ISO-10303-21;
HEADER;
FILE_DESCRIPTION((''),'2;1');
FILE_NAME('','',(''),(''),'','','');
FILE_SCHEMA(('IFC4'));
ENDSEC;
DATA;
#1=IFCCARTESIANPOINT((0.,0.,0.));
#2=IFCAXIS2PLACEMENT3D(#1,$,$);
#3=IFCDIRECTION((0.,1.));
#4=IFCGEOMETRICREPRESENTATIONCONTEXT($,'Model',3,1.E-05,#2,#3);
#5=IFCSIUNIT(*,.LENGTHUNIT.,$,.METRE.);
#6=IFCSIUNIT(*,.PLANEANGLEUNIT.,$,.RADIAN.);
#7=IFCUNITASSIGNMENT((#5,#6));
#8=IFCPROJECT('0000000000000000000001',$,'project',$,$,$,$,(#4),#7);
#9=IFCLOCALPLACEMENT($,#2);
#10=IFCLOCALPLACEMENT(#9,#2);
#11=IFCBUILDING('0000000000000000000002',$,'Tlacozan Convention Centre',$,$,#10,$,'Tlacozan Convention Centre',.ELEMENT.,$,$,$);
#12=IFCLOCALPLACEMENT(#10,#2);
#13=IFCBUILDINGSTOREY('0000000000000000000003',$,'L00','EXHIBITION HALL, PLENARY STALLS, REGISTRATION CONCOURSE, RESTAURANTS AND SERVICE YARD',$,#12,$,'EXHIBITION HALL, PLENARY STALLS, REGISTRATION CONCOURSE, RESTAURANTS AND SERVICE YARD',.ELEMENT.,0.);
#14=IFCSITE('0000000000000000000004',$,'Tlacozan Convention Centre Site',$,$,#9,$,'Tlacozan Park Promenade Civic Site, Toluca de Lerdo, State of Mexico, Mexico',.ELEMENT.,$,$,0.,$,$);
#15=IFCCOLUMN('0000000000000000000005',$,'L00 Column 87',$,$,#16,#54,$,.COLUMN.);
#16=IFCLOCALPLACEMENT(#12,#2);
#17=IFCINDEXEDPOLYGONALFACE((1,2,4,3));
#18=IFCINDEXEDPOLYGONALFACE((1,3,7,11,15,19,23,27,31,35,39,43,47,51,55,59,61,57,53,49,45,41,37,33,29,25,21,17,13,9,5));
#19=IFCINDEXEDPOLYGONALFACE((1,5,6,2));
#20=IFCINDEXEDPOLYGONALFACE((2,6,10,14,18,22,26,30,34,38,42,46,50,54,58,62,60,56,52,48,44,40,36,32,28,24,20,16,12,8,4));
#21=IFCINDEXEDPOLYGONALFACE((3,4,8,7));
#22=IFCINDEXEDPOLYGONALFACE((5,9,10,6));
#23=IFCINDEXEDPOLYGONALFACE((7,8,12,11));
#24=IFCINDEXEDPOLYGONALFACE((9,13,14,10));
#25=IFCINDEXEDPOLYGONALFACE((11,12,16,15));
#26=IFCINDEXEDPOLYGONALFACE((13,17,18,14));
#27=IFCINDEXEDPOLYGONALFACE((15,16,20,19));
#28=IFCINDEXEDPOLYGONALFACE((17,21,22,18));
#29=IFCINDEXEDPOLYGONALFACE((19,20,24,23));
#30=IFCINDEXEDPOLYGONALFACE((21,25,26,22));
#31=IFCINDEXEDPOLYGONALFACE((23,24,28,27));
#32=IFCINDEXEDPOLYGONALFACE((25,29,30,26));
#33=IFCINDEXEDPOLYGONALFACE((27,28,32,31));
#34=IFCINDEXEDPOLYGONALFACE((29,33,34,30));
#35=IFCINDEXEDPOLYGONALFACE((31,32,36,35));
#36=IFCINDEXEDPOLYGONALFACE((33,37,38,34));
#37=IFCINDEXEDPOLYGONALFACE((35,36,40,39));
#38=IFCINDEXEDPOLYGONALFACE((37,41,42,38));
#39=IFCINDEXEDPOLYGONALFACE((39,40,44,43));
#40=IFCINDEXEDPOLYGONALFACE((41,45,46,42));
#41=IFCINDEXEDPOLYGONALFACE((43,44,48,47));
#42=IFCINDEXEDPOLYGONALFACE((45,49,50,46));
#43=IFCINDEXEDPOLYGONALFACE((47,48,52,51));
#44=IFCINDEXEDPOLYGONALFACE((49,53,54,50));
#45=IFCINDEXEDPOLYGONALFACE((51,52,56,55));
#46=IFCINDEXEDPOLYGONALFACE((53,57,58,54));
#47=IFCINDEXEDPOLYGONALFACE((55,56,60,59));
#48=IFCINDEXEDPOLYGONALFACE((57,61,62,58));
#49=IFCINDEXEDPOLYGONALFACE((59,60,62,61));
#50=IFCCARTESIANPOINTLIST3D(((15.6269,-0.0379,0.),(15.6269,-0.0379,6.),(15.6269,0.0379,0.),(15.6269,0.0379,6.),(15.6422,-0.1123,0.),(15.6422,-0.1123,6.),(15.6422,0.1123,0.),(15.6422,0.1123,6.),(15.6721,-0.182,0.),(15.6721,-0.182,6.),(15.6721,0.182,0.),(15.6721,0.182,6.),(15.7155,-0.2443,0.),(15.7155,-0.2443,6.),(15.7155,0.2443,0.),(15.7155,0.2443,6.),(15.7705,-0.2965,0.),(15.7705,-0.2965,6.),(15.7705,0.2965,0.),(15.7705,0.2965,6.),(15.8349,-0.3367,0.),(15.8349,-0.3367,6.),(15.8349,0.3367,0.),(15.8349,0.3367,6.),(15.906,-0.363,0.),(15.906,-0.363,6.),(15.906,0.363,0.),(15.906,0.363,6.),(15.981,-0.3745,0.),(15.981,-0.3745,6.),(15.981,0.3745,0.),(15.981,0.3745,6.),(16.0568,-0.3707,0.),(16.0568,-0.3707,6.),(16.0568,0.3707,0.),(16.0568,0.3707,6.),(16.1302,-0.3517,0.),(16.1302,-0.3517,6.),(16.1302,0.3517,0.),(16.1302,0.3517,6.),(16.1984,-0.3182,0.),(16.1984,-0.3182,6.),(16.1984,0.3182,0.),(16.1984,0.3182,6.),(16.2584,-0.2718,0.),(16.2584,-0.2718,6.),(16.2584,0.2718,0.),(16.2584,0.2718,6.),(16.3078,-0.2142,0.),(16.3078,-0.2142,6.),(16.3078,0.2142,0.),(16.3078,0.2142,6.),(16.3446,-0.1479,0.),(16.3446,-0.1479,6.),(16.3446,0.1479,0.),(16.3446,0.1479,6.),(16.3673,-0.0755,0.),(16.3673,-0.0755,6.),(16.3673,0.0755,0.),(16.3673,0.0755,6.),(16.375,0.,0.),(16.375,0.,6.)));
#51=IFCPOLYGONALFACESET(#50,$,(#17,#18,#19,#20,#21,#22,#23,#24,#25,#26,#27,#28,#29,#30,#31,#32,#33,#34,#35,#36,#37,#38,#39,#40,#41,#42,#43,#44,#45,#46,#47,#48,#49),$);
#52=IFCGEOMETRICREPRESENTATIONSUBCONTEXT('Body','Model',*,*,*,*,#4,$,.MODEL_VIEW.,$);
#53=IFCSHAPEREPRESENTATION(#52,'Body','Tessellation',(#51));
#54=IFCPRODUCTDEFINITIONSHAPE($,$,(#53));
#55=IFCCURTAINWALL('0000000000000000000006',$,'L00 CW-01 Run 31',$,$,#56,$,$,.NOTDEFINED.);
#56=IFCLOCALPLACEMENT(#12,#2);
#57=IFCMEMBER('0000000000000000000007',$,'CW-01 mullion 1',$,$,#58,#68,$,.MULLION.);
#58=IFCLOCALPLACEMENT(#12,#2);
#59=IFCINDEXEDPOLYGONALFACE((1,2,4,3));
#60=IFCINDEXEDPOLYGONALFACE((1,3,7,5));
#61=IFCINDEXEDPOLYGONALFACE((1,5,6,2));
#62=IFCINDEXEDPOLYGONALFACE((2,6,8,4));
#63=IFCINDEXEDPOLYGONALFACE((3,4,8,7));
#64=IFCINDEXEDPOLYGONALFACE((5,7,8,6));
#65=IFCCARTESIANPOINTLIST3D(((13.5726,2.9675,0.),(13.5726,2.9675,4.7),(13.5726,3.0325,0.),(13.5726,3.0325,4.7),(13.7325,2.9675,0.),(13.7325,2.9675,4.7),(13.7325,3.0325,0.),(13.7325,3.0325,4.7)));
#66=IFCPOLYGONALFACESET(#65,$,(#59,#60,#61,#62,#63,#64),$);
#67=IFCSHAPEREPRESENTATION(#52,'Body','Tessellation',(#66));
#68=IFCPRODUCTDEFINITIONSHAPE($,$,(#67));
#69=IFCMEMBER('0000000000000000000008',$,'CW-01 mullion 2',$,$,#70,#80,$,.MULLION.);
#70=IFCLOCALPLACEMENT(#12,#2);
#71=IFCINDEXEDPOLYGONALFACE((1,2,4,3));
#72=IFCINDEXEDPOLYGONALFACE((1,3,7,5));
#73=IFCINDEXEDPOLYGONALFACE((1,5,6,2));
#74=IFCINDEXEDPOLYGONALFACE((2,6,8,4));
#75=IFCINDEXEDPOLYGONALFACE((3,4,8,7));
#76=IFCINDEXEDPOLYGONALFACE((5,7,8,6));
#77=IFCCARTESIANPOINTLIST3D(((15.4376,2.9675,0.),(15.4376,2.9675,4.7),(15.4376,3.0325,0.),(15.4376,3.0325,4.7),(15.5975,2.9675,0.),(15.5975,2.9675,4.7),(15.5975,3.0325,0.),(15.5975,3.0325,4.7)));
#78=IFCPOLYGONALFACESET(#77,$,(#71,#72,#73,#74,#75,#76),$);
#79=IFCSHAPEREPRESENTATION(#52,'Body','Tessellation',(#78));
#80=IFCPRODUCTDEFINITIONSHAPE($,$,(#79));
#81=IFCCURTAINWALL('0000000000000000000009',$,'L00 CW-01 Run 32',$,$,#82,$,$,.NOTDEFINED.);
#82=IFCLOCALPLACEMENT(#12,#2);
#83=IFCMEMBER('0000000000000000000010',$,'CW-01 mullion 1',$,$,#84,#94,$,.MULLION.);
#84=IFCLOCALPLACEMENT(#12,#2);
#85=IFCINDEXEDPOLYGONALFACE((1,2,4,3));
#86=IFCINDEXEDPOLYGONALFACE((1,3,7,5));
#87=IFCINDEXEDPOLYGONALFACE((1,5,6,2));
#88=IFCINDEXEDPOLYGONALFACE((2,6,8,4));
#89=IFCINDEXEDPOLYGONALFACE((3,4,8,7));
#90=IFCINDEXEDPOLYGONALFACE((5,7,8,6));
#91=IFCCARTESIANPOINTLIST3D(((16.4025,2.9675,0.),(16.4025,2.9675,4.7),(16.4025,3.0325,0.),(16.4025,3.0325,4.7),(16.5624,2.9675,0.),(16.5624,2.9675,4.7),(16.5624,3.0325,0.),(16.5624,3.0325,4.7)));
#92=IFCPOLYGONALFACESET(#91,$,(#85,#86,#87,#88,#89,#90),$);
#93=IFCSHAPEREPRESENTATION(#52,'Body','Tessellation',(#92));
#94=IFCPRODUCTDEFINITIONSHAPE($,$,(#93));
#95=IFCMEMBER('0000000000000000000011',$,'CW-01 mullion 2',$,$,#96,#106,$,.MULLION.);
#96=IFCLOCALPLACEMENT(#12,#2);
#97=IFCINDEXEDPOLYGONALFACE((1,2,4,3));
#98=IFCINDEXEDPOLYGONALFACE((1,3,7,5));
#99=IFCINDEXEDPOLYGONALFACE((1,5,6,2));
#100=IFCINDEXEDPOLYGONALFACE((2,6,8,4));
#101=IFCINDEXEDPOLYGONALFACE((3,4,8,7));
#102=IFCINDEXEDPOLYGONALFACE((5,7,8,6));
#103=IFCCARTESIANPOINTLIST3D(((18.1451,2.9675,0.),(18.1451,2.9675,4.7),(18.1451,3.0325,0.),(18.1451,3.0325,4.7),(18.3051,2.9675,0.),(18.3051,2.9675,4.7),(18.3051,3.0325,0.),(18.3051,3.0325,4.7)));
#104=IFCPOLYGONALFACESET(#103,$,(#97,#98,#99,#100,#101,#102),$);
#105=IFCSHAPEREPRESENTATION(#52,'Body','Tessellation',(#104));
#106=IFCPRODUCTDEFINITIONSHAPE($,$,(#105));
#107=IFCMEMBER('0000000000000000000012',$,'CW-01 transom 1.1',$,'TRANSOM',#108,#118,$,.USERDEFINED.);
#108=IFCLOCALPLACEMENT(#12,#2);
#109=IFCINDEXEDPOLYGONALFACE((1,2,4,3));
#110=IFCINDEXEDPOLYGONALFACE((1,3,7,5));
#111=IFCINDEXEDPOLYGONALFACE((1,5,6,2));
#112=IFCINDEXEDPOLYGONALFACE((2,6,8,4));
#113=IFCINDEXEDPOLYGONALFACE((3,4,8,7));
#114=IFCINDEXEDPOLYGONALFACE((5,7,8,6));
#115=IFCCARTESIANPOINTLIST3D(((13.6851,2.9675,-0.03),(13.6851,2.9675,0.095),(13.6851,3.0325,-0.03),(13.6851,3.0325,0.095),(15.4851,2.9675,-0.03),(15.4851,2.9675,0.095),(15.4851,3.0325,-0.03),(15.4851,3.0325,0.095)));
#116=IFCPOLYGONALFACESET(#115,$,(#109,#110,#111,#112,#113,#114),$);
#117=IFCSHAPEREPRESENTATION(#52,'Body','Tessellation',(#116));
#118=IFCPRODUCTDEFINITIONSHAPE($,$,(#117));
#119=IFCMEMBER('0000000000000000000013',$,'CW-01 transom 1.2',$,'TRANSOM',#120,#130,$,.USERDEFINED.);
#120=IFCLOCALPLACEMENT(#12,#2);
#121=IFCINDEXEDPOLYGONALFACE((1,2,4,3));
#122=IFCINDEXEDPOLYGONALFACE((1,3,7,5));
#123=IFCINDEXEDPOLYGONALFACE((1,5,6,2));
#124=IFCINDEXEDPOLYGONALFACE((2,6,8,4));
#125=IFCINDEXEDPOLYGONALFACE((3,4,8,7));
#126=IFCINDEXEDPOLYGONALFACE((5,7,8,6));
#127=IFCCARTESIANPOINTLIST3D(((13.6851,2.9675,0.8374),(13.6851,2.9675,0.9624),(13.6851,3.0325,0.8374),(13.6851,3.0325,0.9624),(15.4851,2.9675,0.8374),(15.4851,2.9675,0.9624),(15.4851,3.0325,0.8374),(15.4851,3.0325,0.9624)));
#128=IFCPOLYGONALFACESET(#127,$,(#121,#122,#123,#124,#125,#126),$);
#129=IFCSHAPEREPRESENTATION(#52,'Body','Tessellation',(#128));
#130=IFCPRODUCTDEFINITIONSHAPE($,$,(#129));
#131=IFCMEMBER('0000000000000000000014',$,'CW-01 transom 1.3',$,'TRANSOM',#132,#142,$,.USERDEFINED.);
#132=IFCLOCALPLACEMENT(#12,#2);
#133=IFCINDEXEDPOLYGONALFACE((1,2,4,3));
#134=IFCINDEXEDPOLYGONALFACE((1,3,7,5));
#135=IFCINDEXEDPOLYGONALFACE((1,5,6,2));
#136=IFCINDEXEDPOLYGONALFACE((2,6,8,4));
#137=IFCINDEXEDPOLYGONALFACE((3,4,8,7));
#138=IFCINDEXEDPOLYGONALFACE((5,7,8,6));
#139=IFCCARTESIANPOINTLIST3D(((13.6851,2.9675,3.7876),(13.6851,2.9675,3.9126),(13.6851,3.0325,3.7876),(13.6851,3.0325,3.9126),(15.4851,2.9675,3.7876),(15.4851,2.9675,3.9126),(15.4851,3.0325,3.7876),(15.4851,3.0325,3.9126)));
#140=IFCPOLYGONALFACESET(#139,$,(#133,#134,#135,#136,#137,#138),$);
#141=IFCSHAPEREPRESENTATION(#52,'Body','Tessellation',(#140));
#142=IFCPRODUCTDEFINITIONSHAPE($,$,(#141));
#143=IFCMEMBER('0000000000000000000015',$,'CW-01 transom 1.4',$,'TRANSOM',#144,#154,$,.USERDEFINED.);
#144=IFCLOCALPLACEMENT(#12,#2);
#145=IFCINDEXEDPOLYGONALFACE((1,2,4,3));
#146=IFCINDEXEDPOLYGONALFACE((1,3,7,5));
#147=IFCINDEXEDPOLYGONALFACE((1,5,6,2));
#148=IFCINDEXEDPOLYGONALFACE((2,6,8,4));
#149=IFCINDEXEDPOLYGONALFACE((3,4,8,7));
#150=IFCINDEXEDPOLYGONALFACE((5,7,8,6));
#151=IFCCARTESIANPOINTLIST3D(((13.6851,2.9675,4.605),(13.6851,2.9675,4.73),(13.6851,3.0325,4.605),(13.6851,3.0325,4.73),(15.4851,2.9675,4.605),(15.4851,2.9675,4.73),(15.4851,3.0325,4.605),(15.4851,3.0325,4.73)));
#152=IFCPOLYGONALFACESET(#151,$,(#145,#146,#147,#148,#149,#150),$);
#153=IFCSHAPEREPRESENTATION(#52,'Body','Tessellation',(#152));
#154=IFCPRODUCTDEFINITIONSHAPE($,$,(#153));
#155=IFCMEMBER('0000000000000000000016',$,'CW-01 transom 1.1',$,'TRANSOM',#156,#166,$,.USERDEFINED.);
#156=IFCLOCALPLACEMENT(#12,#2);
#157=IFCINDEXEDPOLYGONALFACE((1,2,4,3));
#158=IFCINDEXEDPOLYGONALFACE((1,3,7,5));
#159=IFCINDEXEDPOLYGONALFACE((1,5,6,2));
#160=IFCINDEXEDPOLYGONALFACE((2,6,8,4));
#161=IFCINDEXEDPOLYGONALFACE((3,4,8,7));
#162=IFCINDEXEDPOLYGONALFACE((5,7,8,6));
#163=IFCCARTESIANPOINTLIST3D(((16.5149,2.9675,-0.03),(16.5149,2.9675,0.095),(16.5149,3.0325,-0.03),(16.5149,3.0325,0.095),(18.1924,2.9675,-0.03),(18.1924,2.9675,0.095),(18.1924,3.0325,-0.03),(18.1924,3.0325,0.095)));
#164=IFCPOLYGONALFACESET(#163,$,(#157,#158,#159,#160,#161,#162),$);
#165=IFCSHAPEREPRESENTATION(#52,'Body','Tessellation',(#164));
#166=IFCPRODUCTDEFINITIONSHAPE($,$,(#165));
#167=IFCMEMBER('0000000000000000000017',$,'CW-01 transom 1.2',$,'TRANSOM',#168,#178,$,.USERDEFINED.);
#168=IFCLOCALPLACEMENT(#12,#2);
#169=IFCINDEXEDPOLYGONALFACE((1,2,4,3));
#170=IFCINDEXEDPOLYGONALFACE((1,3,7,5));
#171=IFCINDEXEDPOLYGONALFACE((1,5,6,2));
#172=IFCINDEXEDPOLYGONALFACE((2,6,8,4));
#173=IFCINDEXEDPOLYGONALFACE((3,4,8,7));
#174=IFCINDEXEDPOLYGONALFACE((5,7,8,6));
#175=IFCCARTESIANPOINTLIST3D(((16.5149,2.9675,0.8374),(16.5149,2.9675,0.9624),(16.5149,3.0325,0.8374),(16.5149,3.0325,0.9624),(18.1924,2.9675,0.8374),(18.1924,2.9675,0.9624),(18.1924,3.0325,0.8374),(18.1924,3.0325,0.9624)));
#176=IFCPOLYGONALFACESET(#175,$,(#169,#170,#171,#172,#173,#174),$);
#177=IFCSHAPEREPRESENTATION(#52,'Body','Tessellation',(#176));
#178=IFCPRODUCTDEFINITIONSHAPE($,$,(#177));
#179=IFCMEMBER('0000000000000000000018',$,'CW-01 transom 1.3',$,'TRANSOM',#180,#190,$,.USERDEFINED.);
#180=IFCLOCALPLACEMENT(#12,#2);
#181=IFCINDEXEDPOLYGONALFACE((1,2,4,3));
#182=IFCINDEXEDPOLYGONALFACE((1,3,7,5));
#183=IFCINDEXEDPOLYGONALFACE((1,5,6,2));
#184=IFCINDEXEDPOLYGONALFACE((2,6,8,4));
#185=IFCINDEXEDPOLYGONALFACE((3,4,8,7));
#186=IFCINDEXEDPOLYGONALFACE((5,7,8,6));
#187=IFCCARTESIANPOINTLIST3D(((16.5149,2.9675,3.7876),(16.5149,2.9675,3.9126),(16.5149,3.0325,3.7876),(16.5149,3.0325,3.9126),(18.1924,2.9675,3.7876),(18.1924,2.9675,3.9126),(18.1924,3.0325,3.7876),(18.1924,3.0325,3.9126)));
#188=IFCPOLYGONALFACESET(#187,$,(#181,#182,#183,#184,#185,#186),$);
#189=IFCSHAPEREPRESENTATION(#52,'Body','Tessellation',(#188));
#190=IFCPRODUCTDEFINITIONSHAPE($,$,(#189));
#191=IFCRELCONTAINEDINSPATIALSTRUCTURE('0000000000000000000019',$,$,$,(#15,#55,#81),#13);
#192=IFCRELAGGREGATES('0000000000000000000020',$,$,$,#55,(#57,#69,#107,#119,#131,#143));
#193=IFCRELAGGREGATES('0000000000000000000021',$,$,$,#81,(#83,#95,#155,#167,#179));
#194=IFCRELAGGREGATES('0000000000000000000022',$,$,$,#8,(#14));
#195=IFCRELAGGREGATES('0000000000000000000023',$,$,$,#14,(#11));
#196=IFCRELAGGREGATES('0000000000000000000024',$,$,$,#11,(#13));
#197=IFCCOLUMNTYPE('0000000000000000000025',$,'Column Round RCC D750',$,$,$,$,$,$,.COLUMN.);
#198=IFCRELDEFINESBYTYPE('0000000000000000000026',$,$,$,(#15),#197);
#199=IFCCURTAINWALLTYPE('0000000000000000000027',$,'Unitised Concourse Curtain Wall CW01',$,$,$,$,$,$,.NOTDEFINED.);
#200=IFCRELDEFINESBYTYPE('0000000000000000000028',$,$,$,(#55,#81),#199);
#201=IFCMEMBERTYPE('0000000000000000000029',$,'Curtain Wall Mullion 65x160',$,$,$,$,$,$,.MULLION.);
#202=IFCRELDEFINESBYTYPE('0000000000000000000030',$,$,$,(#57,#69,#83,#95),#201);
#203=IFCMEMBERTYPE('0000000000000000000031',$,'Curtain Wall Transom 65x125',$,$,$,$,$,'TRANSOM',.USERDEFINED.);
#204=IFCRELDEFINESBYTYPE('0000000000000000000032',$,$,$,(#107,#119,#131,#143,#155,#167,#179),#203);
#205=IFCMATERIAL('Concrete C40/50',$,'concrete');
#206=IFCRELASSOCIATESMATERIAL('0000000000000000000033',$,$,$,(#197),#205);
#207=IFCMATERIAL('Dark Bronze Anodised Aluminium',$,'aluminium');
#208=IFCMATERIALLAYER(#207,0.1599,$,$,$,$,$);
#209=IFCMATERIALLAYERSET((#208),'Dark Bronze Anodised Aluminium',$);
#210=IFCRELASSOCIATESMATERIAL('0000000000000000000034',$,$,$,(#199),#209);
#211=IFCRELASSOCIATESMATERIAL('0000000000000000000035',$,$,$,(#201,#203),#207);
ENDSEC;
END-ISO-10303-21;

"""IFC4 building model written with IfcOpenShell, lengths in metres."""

from ifc_helpers import new_model, si_unit, direction, frame, origin, origin_2d, place, context, subcontext, project, spatial, rectangle, circle, extrude, material, layer, layer_set, material_profile, profile_set, type_object, element, aggregate, save


model = new_model("IFC4")

# Units and contexts
model_context = context("Model", 3, precision=1e-05, world=origin(), true_north=direction((0.0, 1.0)))
body_context = subcontext(model_context, "Body", "Model", "MODEL_VIEW")
ifc_project = project(units=[si_unit("LENGTHUNIT", "METRE"), si_unit("PLANEANGLEUNIT", "RADIAN")], contexts=[model_context])

# Site, building, storey
site_placement = place(None, origin())
site = spatial("IfcSite", under=ifc_project, at=site_placement, Name="Tlacozan Convention Centre Site", LongName="Tlacozan Park Promenade Civic Site, Toluca de Lerdo, State of Mexico, Mexico", CompositionType="ELEMENT", RefElevation=0.0)
building_placement = place(site_placement, origin())
building = spatial("IfcBuilding", under=site, at=building_placement, Name="Tlacozan Convention Centre", LongName="Tlacozan Convention Centre", CompositionType="ELEMENT")
storey_placement = place(building_placement, origin())
storey = spatial("IfcBuildingStorey", under=building, at=storey_placement, Name="L00", Description="EXHIBITION HALL, PLENARY STALLS, REGISTRATION CONCOURSE, RESTAURANTS AND SERVICE YARD", LongName="EXHIBITION HALL, PLENARY STALLS, REGISTRATION CONCOURSE, RESTAURANTS AND SERVICE YARD", CompositionType="ELEMENT", Elevation=0.0)

# Column
ifc_material_1 = material(Name="Concrete C40/50", Category="concrete")
ifc_material_profile_1 = material_profile(ifc_material_1, circle(Radius=0.375, at=origin_2d()), Name="RCC D750")
ifc_profile_set_1 = profile_set([ifc_material_profile_1], Name="Concrete C40/50")
column_type = type_object("IfcColumnType", Name="Column Round RCC D750", PredefinedType="COLUMN", material=ifc_profile_set_1)
column_placement = place(storey_placement, frame((16.0, 0.0, 0.0), z_axis=(0.0, 0.0, 1.0), x_axis=(1.0, 0.0, 0.0)))
element("IfcColumn", 1, at=column_placement, inside=storey, type_object=column_type, Name="L00 Column 87", PredefinedType="COLUMN", context=body_context, shape_type="SweptSolid", body=[
    extrude(circle(Radius=0.375, at=origin_2d()), origin(), (0.0, 0.0, 1.0), 6.0),
])

# Curtain walls, members
ifc_material_2 = material(Name="Dark Bronze Anodised Aluminium", Category="aluminium")
ifc_layer_1 = layer(ifc_material_2, 0.1599)
ifc_layer_set_1 = layer_set([ifc_layer_1], Name="Dark Bronze Anodised Aluminium")
curtain_wall_type = type_object("IfcCurtainWallType", Name="Unitised Concourse Curtain Wall CW01", PredefinedType="NOTDEFINED", material=ifc_layer_set_1)
curtain_wall_1_placement = place(storey_placement, origin())
curtain_wall_1 = element("IfcCurtainWall", 2, at=curtain_wall_1_placement, inside=storey, type_object=curtain_wall_type, Name="L00 CW-01 Run 31", PredefinedType="NOTDEFINED")
ifc_material_profile_2 = material_profile(ifc_material_2, rectangle(XDim=0.0649, YDim=0.1599, at=origin_2d()), Name="ALU 65x160")
ifc_profile_set_2 = profile_set([ifc_material_profile_2], Name="Dark Bronze Anodised Aluminium")
member_type_1 = type_object("IfcMemberType", Name="Curtain Wall Mullion 65x160", PredefinedType="MULLION", material=ifc_profile_set_2)
member_1_placement = place(storey_placement, frame((13.6526, 3.0, 0.0), z_axis=(0.0, 0.0, 1.0), x_axis=(0.0, 1.0, 0.0)))
member_1 = element("IfcMember", 3, at=member_1_placement, type_object=member_type_1, Name="CW-01 mullion 1", PredefinedType="MULLION", context=body_context, shape_type="SweptSolid", body=[
    extrude(rectangle(XDim=0.0649, YDim=0.1599, at=origin_2d()), origin(), (0.0, 0.0, 1.0), 4.7),
])
member_2_placement = place(storey_placement, frame((15.5176, 3.0, 0.0), z_axis=(0.0, 0.0, 1.0), x_axis=(0.0, 1.0, 0.0)))
member_2 = element("IfcMember", 4, at=member_2_placement, type_object=member_type_1, Name="CW-01 mullion 2", PredefinedType="MULLION", context=body_context, shape_type="SweptSolid", body=[
    extrude(rectangle(XDim=0.0649, YDim=0.1599, at=origin_2d()), origin(), (0.0, 0.0, 1.0), 4.7),
])
curtain_wall_2_placement = place(storey_placement, origin())
curtain_wall_2 = element("IfcCurtainWall", 5, at=curtain_wall_2_placement, inside=storey, type_object=curtain_wall_type, Name="L00 CW-01 Run 32", PredefinedType="NOTDEFINED")
member_3_placement = place(storey_placement, frame((16.4824, 3.0, 0.0), z_axis=(0.0, 0.0, 1.0), x_axis=(0.0, 1.0, 0.0)))
member_3 = element("IfcMember", 6, at=member_3_placement, type_object=member_type_1, Name="CW-01 mullion 1", PredefinedType="MULLION", context=body_context, shape_type="SweptSolid", body=[
    extrude(rectangle(XDim=0.0649, YDim=0.1599, at=origin_2d()), origin(), (0.0, 0.0, 1.0), 4.7),
])
member_4_placement = place(storey_placement, frame((18.2251, 3.0, 0.0), z_axis=(0.0, 0.0, 1.0), x_axis=(0.0, 1.0, 0.0)))
member_4 = element("IfcMember", 7, at=member_4_placement, type_object=member_type_1, Name="CW-01 mullion 2", PredefinedType="MULLION", context=body_context, shape_type="SweptSolid", body=[
    extrude(rectangle(XDim=0.0649, YDim=0.1599, at=origin_2d()), origin(), (0.0, 0.0, 1.0), 4.7),
])

# Members
ifc_material_profile_3 = material_profile(ifc_material_2, rectangle(XDim=0.0649, YDim=0.125, at=origin_2d()), Name="ALU 65x125")
ifc_profile_set_3 = profile_set([ifc_material_profile_3], Name="Dark Bronze Anodised Aluminium")
member_type_2 = type_object("IfcMemberType", Name="Curtain Wall Transom 65x125", ElementType="TRANSOM", PredefinedType="USERDEFINED", material=ifc_profile_set_3)
member_5_placement = place(storey_placement, frame((13.6851, 3.0, 0.0325), z_axis=(1.0, 0.0, 0.0), x_axis=(0.0, 1.0, 0.0)))
member_5 = element("IfcMember", 8, at=member_5_placement, type_object=member_type_2, Name="CW-01 transom 1.1", ObjectType="TRANSOM", PredefinedType="USERDEFINED", context=body_context, shape_type="SweptSolid", body=[
    extrude(rectangle(XDim=0.0649, YDim=0.125, at=origin_2d()), origin(), (0.0, 0.0, 1.0), 1.8),
])
member_6_placement = place(storey_placement, frame((13.6851, 3.0, 0.8999), z_axis=(1.0, 0.0, 0.0), x_axis=(0.0, 1.0, 0.0)))
member_6 = element("IfcMember", 9, at=member_6_placement, type_object=member_type_2, Name="CW-01 transom 1.2", ObjectType="TRANSOM", PredefinedType="USERDEFINED", context=body_context, shape_type="SweptSolid", body=[
    extrude(rectangle(XDim=0.0649, YDim=0.125, at=origin_2d()), origin(), (0.0, 0.0, 1.0), 1.8),
])
member_7_placement = place(storey_placement, frame((13.6851, 3.0, 3.8501), z_axis=(1.0, 0.0, 0.0), x_axis=(0.0, 1.0, 0.0)))
member_7 = element("IfcMember", 10, at=member_7_placement, type_object=member_type_2, Name="CW-01 transom 1.3", ObjectType="TRANSOM", PredefinedType="USERDEFINED", context=body_context, shape_type="SweptSolid", body=[
    extrude(rectangle(XDim=0.0649, YDim=0.125, at=origin_2d()), origin(), (0.0, 0.0, 1.0), 1.8),
])
member_8_placement = place(storey_placement, frame((13.6851, 3.0, 4.6675), z_axis=(1.0, 0.0, 0.0), x_axis=(0.0, 1.0, 0.0)))
member_8 = element("IfcMember", 11, at=member_8_placement, type_object=member_type_2, Name="CW-01 transom 1.4", ObjectType="TRANSOM", PredefinedType="USERDEFINED", context=body_context, shape_type="SweptSolid", body=[
    extrude(rectangle(XDim=0.0649, YDim=0.125, at=origin_2d()), origin(), (0.0, 0.0, 1.0), 1.8),
])
member_9_placement = place(storey_placement, frame((16.5149, 3.0, 0.0325), z_axis=(1.0, 0.0, 0.0), x_axis=(0.0, 1.0, 0.0)))
member_9 = element("IfcMember", 12, at=member_9_placement, type_object=member_type_2, Name="CW-01 transom 1.1", ObjectType="TRANSOM", PredefinedType="USERDEFINED", context=body_context, shape_type="SweptSolid", body=[
    extrude(rectangle(XDim=0.0649, YDim=0.125, at=origin_2d()), origin(), (0.0, 0.0, 1.0), 1.6775),
])
member_10_placement = place(storey_placement, frame((16.5149, 3.0, 0.8999), z_axis=(1.0, 0.0, 0.0), x_axis=(0.0, 1.0, 0.0)))
member_10 = element("IfcMember", 13, at=member_10_placement, type_object=member_type_2, Name="CW-01 transom 1.2", ObjectType="TRANSOM", PredefinedType="USERDEFINED", context=body_context, shape_type="SweptSolid", body=[
    extrude(rectangle(XDim=0.0649, YDim=0.125, at=origin_2d()), origin(), (0.0, 0.0, 1.0), 1.6775),
])
member_11_placement = place(storey_placement, frame((16.5149, 3.0, 3.8501), z_axis=(1.0, 0.0, 0.0), x_axis=(0.0, 1.0, 0.0)))
member_11 = element("IfcMember", 14, at=member_11_placement, type_object=member_type_2, Name="CW-01 transom 1.3", ObjectType="TRANSOM", PredefinedType="USERDEFINED", context=body_context, shape_type="SweptSolid", body=[
    extrude(rectangle(XDim=0.0649, YDim=0.125, at=origin_2d()), origin(), (0.0, 0.0, 1.0), 1.6775),
])

aggregate(curtain_wall_1, [member_1, member_2, member_5, member_6, member_7, member_8])
aggregate(curtain_wall_2, [member_3, member_4, member_9, member_10, member_11])

save(model, "model.ifc")
